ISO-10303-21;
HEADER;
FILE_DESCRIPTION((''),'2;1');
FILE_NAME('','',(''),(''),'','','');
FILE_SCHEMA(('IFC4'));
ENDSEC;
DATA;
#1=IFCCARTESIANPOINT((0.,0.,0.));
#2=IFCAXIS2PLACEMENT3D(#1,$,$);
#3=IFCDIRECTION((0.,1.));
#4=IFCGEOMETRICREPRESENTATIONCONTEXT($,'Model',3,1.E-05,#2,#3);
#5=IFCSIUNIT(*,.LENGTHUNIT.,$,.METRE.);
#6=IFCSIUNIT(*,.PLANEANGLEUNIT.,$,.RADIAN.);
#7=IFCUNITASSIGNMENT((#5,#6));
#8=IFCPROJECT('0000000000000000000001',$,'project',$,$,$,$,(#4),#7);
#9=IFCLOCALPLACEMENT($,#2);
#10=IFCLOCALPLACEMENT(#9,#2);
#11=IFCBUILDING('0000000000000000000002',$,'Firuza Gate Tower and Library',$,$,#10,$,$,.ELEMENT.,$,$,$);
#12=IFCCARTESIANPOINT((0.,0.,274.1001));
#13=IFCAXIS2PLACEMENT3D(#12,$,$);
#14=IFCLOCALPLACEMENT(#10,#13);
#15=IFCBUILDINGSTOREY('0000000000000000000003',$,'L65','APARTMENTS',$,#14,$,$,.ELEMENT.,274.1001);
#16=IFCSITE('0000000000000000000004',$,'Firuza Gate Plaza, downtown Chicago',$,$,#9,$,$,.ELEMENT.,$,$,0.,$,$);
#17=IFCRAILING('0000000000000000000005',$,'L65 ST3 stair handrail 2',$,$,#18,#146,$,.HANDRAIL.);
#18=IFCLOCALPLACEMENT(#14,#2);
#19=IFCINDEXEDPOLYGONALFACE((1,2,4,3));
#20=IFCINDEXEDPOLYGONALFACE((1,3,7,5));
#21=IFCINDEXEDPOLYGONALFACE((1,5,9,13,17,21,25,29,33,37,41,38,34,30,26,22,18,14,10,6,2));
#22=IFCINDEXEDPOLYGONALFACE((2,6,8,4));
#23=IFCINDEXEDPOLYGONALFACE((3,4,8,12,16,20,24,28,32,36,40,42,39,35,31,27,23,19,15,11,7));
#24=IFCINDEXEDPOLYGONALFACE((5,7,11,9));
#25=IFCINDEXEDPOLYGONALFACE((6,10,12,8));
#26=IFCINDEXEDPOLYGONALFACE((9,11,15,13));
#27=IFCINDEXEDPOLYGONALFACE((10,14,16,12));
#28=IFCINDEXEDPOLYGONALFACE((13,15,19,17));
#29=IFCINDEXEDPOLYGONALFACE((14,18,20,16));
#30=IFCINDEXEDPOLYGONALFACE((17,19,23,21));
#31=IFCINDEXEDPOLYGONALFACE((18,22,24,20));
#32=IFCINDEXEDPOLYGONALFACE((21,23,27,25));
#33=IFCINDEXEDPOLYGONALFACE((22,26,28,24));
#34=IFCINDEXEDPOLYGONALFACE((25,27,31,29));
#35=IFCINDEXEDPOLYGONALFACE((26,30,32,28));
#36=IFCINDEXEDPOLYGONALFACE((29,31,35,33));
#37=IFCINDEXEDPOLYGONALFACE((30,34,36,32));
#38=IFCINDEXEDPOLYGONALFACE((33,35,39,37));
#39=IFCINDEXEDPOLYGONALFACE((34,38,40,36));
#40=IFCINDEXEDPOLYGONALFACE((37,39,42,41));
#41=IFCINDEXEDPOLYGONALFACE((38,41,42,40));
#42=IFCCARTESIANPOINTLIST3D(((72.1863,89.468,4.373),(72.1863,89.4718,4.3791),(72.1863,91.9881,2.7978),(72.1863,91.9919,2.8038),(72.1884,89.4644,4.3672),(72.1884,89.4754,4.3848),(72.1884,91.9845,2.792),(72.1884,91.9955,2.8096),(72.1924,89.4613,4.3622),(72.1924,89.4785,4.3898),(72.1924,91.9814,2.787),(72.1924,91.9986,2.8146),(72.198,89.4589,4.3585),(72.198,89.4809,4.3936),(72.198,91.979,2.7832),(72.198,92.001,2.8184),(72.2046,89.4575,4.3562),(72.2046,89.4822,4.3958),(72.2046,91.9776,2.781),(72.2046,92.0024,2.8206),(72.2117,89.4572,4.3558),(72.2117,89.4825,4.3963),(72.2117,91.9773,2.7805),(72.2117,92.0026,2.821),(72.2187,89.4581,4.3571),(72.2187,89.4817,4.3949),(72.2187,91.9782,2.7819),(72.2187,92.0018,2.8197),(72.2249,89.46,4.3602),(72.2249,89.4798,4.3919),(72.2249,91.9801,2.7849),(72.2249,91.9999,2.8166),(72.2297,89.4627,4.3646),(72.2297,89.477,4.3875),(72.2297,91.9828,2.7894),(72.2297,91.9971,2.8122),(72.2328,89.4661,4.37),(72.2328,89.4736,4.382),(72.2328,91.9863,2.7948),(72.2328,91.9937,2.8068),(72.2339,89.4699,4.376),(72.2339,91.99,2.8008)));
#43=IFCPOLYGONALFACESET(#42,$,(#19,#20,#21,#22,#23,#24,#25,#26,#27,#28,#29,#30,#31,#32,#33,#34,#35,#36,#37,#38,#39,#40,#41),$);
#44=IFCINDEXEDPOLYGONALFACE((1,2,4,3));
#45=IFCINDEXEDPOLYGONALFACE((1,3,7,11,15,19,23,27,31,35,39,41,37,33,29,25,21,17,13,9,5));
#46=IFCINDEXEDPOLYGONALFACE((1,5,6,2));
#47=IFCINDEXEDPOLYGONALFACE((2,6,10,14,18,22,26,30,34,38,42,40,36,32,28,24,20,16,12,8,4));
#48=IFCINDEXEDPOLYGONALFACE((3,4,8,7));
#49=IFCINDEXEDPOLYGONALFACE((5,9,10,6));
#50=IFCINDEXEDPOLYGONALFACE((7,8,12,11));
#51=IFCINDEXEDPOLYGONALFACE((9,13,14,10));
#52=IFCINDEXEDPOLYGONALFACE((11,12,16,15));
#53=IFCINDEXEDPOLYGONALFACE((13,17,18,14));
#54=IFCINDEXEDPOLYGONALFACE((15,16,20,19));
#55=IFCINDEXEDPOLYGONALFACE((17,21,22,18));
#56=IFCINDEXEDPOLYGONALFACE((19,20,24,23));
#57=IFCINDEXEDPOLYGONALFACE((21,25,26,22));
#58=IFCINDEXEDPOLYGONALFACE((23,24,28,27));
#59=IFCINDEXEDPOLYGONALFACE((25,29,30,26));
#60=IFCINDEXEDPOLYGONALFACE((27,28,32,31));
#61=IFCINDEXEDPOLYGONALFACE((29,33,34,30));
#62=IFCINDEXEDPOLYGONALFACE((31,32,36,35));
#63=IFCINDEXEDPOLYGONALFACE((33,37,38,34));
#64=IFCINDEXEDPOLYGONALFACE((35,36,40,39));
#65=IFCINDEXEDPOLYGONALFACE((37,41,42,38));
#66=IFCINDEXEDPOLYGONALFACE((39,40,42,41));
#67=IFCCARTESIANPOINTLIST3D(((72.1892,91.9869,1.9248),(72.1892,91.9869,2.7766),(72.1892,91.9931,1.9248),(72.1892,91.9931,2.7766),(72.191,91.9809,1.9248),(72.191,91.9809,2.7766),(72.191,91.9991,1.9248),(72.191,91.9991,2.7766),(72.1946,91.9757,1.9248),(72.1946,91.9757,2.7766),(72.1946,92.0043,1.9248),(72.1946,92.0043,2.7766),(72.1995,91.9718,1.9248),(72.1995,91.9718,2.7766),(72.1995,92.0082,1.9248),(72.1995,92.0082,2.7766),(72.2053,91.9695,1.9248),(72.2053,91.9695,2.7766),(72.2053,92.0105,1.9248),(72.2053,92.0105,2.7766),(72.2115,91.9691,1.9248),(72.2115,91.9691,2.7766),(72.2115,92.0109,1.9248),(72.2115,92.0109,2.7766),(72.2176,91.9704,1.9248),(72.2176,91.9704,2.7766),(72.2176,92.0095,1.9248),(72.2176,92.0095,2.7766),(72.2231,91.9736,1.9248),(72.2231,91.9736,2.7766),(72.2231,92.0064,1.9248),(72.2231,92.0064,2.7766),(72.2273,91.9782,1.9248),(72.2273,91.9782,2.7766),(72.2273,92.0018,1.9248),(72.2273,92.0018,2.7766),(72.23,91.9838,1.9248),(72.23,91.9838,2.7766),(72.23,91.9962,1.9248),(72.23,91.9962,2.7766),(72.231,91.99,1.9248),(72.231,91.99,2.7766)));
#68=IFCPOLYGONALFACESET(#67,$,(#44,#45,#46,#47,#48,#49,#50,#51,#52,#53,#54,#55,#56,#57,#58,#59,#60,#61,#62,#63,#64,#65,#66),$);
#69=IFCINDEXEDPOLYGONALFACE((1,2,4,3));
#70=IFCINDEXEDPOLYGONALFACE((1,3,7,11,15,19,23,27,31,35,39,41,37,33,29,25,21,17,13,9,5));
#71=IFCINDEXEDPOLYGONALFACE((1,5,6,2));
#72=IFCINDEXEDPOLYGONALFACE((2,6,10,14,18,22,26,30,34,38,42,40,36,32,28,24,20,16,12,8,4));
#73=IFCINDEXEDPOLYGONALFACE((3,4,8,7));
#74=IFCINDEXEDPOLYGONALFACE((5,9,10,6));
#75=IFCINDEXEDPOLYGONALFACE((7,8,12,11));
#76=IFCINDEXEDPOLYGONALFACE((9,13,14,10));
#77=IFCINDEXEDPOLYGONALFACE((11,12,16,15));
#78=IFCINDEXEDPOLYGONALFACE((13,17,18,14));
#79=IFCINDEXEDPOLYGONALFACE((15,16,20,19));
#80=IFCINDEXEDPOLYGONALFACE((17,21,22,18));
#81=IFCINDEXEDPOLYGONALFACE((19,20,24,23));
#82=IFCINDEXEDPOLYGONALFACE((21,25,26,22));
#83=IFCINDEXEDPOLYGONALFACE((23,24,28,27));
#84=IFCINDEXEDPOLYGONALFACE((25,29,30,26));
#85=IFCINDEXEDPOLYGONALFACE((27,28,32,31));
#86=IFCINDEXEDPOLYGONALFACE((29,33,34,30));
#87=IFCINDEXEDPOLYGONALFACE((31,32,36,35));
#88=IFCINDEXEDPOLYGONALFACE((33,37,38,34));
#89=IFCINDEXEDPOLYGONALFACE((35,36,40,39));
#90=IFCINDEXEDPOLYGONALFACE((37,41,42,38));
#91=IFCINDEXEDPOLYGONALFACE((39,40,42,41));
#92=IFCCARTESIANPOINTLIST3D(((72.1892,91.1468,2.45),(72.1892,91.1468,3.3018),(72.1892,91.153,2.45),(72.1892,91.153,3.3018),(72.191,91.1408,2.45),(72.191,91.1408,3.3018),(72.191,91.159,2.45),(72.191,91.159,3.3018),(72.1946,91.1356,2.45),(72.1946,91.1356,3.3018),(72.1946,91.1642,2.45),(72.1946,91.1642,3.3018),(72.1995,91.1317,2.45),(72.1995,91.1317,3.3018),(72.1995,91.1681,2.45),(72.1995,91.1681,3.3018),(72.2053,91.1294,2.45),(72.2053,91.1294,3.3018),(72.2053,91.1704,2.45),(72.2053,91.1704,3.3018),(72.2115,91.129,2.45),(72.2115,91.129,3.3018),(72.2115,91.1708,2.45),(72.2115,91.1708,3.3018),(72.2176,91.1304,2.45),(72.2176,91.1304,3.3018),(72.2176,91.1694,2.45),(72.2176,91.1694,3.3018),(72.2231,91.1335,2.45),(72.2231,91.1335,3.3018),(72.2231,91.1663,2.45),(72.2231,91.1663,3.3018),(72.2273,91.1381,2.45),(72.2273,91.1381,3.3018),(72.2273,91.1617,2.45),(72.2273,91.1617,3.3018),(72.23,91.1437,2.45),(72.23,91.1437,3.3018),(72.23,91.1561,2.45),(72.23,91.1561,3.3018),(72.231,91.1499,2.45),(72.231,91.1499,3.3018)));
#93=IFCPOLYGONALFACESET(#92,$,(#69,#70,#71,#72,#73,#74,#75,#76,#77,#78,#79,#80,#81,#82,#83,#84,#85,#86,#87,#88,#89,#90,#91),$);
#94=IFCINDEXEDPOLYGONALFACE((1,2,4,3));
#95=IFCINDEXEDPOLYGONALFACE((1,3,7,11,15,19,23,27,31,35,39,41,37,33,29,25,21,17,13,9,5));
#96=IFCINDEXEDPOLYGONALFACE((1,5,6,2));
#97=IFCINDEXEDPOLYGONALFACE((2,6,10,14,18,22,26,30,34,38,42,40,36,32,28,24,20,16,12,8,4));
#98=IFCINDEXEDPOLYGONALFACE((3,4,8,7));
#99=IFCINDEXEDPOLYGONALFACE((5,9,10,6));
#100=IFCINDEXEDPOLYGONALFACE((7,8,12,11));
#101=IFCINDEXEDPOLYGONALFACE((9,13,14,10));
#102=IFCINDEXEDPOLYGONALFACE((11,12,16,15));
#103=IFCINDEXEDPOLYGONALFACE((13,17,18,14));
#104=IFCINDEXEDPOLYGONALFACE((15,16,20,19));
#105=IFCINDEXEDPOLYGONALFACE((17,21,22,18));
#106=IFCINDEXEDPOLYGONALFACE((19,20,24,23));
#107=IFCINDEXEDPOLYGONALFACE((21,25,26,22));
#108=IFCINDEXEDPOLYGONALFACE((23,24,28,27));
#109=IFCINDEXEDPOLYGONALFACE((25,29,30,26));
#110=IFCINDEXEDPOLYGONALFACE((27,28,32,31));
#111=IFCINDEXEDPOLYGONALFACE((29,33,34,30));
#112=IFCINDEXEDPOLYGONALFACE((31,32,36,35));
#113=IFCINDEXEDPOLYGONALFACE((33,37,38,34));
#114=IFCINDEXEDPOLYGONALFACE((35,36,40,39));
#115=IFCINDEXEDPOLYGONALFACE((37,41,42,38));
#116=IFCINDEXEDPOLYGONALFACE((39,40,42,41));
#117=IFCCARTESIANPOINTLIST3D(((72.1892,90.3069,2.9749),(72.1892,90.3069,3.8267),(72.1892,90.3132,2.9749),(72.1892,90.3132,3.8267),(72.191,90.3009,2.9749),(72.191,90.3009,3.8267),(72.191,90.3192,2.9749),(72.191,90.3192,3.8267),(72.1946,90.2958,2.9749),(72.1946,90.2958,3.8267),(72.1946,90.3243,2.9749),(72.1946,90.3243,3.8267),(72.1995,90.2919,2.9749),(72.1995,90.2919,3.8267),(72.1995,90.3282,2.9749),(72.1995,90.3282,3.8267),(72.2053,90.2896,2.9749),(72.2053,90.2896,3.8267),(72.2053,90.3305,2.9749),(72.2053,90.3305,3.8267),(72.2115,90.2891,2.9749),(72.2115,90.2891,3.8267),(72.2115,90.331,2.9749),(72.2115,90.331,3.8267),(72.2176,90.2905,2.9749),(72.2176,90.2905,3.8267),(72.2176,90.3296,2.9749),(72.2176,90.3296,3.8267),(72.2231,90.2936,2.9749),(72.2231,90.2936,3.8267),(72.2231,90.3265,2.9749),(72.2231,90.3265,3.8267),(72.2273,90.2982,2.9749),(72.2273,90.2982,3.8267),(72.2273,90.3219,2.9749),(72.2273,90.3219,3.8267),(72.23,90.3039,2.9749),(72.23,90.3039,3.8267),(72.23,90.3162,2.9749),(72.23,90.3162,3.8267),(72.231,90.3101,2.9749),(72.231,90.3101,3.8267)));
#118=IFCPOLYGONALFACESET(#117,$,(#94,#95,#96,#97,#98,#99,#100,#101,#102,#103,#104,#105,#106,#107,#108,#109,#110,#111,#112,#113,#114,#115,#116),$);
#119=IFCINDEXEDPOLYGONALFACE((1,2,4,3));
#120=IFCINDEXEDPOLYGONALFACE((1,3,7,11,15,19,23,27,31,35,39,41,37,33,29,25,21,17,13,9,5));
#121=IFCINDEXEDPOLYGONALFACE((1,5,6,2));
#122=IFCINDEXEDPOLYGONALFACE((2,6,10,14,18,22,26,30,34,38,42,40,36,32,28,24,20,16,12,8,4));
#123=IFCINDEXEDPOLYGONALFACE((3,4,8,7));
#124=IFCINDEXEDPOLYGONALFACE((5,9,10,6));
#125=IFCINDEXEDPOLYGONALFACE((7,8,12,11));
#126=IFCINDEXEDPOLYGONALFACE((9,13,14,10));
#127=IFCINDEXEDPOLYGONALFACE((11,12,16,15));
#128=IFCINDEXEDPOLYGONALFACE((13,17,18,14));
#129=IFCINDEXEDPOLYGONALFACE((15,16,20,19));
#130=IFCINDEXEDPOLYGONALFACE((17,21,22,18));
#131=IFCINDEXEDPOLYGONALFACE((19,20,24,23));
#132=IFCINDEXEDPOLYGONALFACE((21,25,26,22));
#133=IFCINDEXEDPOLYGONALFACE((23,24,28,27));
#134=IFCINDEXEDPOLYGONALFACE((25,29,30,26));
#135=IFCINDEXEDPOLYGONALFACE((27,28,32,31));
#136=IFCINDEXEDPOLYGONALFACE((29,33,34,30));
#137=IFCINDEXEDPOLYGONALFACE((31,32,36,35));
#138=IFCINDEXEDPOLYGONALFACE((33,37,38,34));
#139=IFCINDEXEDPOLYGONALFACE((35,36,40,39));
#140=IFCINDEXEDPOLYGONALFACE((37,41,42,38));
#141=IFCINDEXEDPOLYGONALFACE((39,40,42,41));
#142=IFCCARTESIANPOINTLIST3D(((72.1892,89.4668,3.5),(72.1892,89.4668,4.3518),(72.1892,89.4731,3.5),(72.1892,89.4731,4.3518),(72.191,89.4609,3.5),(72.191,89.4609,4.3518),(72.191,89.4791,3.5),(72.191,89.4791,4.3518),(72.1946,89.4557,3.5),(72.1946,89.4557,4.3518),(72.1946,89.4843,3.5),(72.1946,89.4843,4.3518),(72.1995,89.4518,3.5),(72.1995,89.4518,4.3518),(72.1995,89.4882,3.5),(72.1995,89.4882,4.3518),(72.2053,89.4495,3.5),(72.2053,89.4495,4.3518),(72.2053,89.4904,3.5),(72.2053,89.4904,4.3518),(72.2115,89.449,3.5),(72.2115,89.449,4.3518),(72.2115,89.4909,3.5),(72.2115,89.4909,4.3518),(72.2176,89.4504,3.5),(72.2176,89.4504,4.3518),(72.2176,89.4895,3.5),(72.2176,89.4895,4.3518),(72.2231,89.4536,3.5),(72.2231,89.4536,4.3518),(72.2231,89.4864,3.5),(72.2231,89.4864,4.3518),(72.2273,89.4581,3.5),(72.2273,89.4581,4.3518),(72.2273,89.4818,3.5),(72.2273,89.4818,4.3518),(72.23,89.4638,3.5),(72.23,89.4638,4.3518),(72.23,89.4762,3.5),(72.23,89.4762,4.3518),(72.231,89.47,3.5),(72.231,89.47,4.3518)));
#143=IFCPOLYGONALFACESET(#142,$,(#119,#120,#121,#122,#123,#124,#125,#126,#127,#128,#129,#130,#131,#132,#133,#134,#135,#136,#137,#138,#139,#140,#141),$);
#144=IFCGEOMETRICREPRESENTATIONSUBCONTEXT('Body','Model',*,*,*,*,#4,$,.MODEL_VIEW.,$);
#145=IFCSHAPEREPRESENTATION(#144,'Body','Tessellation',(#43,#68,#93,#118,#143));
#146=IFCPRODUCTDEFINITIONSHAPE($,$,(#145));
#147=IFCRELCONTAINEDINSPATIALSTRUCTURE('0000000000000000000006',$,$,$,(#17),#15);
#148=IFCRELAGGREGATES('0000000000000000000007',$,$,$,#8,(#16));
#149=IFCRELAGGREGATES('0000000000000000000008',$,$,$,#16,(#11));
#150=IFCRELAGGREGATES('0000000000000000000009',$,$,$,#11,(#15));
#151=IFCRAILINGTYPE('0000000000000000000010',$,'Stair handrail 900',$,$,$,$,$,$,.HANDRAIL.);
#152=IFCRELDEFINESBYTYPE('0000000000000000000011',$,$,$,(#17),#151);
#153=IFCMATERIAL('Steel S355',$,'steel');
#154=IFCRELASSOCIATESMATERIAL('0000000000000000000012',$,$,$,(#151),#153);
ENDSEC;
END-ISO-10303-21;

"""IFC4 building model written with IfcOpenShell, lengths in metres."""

from ifc_helpers import new_model, si_unit, direction, frame, origin, origin_2d, place, context, subcontext, project, spatial, circle, extrude, material, type_object, element, save


model = new_model("IFC4")

# Units and contexts
model_context = context("Model", 3, precision=1e-05, world=origin(), true_north=direction((0.0, 1.0)))
body_context = subcontext(model_context, "Body", "Model", "MODEL_VIEW")
ifc_project = project(units=[si_unit("LENGTHUNIT", "METRE"), si_unit("PLANEANGLEUNIT", "RADIAN")], contexts=[model_context])

# Site, building, storey
site_placement = place(None, origin())
site = spatial("IfcSite", under=ifc_project, at=site_placement, Name="Firuza Gate Plaza, downtown Chicago", CompositionType="ELEMENT", RefElevation=0.0)
building_placement = place(site_placement, origin())
building = spatial("IfcBuilding", under=site, at=building_placement, Name="Firuza Gate Tower and Library", CompositionType="ELEMENT")
storey_placement = place(building_placement, frame((0.0, 0.0, 274.1001)))
storey = spatial("IfcBuildingStorey", under=building, at=storey_placement, Name="L65", Description="APARTMENTS", CompositionType="ELEMENT", Elevation=274.1001)

# Railing
ifc_material_1 = material(Name="Steel S355", Category="steel")
railing_type_1 = type_object("IfcRailingType", Name="Stair handrail 900", PredefinedType="HANDRAIL", material=ifc_material_1)
railing_1_placement = place(storey_placement, frame((72.21, 91.99, 1.9248)))
element("IfcRailing", 1, at=railing_1_placement, inside=storey, type_object=railing_type_1, Name="L65 ST3 stair handrail 2", PredefinedType="HANDRAIL", context=body_context, shape_type="SweptSolid", body=[
    extrude(circle(Radius=0.0239, at=origin_2d()), frame((0.0, 0.0, 0.876), z_axis=(0.0, -0.847971, 0.530043), x_axis=(1.0, 0.0, 0.0)), (0.0, 0.0, 1.0), 2.9719),
    extrude(circle(Radius=0.021, at=origin_2d()), origin(), (0.0, 0.0, 1.0), 0.8518),
    extrude(circle(Radius=0.021, at=origin_2d()), frame((0.0, -0.8401, 0.5251)), (0.0, 0.0, 1.0), 0.8518),
    extrude(circle(Radius=0.021, at=origin_2d()), frame((0.0, -1.6799, 1.05)), (0.0, 0.0, 1.0), 0.8518),
    extrude(circle(Radius=0.021, at=origin_2d()), frame((0.0, -2.52, 1.5752)), (0.0, 0.0, 1.0), 0.8518),
])

save(model, "model.ifc")
